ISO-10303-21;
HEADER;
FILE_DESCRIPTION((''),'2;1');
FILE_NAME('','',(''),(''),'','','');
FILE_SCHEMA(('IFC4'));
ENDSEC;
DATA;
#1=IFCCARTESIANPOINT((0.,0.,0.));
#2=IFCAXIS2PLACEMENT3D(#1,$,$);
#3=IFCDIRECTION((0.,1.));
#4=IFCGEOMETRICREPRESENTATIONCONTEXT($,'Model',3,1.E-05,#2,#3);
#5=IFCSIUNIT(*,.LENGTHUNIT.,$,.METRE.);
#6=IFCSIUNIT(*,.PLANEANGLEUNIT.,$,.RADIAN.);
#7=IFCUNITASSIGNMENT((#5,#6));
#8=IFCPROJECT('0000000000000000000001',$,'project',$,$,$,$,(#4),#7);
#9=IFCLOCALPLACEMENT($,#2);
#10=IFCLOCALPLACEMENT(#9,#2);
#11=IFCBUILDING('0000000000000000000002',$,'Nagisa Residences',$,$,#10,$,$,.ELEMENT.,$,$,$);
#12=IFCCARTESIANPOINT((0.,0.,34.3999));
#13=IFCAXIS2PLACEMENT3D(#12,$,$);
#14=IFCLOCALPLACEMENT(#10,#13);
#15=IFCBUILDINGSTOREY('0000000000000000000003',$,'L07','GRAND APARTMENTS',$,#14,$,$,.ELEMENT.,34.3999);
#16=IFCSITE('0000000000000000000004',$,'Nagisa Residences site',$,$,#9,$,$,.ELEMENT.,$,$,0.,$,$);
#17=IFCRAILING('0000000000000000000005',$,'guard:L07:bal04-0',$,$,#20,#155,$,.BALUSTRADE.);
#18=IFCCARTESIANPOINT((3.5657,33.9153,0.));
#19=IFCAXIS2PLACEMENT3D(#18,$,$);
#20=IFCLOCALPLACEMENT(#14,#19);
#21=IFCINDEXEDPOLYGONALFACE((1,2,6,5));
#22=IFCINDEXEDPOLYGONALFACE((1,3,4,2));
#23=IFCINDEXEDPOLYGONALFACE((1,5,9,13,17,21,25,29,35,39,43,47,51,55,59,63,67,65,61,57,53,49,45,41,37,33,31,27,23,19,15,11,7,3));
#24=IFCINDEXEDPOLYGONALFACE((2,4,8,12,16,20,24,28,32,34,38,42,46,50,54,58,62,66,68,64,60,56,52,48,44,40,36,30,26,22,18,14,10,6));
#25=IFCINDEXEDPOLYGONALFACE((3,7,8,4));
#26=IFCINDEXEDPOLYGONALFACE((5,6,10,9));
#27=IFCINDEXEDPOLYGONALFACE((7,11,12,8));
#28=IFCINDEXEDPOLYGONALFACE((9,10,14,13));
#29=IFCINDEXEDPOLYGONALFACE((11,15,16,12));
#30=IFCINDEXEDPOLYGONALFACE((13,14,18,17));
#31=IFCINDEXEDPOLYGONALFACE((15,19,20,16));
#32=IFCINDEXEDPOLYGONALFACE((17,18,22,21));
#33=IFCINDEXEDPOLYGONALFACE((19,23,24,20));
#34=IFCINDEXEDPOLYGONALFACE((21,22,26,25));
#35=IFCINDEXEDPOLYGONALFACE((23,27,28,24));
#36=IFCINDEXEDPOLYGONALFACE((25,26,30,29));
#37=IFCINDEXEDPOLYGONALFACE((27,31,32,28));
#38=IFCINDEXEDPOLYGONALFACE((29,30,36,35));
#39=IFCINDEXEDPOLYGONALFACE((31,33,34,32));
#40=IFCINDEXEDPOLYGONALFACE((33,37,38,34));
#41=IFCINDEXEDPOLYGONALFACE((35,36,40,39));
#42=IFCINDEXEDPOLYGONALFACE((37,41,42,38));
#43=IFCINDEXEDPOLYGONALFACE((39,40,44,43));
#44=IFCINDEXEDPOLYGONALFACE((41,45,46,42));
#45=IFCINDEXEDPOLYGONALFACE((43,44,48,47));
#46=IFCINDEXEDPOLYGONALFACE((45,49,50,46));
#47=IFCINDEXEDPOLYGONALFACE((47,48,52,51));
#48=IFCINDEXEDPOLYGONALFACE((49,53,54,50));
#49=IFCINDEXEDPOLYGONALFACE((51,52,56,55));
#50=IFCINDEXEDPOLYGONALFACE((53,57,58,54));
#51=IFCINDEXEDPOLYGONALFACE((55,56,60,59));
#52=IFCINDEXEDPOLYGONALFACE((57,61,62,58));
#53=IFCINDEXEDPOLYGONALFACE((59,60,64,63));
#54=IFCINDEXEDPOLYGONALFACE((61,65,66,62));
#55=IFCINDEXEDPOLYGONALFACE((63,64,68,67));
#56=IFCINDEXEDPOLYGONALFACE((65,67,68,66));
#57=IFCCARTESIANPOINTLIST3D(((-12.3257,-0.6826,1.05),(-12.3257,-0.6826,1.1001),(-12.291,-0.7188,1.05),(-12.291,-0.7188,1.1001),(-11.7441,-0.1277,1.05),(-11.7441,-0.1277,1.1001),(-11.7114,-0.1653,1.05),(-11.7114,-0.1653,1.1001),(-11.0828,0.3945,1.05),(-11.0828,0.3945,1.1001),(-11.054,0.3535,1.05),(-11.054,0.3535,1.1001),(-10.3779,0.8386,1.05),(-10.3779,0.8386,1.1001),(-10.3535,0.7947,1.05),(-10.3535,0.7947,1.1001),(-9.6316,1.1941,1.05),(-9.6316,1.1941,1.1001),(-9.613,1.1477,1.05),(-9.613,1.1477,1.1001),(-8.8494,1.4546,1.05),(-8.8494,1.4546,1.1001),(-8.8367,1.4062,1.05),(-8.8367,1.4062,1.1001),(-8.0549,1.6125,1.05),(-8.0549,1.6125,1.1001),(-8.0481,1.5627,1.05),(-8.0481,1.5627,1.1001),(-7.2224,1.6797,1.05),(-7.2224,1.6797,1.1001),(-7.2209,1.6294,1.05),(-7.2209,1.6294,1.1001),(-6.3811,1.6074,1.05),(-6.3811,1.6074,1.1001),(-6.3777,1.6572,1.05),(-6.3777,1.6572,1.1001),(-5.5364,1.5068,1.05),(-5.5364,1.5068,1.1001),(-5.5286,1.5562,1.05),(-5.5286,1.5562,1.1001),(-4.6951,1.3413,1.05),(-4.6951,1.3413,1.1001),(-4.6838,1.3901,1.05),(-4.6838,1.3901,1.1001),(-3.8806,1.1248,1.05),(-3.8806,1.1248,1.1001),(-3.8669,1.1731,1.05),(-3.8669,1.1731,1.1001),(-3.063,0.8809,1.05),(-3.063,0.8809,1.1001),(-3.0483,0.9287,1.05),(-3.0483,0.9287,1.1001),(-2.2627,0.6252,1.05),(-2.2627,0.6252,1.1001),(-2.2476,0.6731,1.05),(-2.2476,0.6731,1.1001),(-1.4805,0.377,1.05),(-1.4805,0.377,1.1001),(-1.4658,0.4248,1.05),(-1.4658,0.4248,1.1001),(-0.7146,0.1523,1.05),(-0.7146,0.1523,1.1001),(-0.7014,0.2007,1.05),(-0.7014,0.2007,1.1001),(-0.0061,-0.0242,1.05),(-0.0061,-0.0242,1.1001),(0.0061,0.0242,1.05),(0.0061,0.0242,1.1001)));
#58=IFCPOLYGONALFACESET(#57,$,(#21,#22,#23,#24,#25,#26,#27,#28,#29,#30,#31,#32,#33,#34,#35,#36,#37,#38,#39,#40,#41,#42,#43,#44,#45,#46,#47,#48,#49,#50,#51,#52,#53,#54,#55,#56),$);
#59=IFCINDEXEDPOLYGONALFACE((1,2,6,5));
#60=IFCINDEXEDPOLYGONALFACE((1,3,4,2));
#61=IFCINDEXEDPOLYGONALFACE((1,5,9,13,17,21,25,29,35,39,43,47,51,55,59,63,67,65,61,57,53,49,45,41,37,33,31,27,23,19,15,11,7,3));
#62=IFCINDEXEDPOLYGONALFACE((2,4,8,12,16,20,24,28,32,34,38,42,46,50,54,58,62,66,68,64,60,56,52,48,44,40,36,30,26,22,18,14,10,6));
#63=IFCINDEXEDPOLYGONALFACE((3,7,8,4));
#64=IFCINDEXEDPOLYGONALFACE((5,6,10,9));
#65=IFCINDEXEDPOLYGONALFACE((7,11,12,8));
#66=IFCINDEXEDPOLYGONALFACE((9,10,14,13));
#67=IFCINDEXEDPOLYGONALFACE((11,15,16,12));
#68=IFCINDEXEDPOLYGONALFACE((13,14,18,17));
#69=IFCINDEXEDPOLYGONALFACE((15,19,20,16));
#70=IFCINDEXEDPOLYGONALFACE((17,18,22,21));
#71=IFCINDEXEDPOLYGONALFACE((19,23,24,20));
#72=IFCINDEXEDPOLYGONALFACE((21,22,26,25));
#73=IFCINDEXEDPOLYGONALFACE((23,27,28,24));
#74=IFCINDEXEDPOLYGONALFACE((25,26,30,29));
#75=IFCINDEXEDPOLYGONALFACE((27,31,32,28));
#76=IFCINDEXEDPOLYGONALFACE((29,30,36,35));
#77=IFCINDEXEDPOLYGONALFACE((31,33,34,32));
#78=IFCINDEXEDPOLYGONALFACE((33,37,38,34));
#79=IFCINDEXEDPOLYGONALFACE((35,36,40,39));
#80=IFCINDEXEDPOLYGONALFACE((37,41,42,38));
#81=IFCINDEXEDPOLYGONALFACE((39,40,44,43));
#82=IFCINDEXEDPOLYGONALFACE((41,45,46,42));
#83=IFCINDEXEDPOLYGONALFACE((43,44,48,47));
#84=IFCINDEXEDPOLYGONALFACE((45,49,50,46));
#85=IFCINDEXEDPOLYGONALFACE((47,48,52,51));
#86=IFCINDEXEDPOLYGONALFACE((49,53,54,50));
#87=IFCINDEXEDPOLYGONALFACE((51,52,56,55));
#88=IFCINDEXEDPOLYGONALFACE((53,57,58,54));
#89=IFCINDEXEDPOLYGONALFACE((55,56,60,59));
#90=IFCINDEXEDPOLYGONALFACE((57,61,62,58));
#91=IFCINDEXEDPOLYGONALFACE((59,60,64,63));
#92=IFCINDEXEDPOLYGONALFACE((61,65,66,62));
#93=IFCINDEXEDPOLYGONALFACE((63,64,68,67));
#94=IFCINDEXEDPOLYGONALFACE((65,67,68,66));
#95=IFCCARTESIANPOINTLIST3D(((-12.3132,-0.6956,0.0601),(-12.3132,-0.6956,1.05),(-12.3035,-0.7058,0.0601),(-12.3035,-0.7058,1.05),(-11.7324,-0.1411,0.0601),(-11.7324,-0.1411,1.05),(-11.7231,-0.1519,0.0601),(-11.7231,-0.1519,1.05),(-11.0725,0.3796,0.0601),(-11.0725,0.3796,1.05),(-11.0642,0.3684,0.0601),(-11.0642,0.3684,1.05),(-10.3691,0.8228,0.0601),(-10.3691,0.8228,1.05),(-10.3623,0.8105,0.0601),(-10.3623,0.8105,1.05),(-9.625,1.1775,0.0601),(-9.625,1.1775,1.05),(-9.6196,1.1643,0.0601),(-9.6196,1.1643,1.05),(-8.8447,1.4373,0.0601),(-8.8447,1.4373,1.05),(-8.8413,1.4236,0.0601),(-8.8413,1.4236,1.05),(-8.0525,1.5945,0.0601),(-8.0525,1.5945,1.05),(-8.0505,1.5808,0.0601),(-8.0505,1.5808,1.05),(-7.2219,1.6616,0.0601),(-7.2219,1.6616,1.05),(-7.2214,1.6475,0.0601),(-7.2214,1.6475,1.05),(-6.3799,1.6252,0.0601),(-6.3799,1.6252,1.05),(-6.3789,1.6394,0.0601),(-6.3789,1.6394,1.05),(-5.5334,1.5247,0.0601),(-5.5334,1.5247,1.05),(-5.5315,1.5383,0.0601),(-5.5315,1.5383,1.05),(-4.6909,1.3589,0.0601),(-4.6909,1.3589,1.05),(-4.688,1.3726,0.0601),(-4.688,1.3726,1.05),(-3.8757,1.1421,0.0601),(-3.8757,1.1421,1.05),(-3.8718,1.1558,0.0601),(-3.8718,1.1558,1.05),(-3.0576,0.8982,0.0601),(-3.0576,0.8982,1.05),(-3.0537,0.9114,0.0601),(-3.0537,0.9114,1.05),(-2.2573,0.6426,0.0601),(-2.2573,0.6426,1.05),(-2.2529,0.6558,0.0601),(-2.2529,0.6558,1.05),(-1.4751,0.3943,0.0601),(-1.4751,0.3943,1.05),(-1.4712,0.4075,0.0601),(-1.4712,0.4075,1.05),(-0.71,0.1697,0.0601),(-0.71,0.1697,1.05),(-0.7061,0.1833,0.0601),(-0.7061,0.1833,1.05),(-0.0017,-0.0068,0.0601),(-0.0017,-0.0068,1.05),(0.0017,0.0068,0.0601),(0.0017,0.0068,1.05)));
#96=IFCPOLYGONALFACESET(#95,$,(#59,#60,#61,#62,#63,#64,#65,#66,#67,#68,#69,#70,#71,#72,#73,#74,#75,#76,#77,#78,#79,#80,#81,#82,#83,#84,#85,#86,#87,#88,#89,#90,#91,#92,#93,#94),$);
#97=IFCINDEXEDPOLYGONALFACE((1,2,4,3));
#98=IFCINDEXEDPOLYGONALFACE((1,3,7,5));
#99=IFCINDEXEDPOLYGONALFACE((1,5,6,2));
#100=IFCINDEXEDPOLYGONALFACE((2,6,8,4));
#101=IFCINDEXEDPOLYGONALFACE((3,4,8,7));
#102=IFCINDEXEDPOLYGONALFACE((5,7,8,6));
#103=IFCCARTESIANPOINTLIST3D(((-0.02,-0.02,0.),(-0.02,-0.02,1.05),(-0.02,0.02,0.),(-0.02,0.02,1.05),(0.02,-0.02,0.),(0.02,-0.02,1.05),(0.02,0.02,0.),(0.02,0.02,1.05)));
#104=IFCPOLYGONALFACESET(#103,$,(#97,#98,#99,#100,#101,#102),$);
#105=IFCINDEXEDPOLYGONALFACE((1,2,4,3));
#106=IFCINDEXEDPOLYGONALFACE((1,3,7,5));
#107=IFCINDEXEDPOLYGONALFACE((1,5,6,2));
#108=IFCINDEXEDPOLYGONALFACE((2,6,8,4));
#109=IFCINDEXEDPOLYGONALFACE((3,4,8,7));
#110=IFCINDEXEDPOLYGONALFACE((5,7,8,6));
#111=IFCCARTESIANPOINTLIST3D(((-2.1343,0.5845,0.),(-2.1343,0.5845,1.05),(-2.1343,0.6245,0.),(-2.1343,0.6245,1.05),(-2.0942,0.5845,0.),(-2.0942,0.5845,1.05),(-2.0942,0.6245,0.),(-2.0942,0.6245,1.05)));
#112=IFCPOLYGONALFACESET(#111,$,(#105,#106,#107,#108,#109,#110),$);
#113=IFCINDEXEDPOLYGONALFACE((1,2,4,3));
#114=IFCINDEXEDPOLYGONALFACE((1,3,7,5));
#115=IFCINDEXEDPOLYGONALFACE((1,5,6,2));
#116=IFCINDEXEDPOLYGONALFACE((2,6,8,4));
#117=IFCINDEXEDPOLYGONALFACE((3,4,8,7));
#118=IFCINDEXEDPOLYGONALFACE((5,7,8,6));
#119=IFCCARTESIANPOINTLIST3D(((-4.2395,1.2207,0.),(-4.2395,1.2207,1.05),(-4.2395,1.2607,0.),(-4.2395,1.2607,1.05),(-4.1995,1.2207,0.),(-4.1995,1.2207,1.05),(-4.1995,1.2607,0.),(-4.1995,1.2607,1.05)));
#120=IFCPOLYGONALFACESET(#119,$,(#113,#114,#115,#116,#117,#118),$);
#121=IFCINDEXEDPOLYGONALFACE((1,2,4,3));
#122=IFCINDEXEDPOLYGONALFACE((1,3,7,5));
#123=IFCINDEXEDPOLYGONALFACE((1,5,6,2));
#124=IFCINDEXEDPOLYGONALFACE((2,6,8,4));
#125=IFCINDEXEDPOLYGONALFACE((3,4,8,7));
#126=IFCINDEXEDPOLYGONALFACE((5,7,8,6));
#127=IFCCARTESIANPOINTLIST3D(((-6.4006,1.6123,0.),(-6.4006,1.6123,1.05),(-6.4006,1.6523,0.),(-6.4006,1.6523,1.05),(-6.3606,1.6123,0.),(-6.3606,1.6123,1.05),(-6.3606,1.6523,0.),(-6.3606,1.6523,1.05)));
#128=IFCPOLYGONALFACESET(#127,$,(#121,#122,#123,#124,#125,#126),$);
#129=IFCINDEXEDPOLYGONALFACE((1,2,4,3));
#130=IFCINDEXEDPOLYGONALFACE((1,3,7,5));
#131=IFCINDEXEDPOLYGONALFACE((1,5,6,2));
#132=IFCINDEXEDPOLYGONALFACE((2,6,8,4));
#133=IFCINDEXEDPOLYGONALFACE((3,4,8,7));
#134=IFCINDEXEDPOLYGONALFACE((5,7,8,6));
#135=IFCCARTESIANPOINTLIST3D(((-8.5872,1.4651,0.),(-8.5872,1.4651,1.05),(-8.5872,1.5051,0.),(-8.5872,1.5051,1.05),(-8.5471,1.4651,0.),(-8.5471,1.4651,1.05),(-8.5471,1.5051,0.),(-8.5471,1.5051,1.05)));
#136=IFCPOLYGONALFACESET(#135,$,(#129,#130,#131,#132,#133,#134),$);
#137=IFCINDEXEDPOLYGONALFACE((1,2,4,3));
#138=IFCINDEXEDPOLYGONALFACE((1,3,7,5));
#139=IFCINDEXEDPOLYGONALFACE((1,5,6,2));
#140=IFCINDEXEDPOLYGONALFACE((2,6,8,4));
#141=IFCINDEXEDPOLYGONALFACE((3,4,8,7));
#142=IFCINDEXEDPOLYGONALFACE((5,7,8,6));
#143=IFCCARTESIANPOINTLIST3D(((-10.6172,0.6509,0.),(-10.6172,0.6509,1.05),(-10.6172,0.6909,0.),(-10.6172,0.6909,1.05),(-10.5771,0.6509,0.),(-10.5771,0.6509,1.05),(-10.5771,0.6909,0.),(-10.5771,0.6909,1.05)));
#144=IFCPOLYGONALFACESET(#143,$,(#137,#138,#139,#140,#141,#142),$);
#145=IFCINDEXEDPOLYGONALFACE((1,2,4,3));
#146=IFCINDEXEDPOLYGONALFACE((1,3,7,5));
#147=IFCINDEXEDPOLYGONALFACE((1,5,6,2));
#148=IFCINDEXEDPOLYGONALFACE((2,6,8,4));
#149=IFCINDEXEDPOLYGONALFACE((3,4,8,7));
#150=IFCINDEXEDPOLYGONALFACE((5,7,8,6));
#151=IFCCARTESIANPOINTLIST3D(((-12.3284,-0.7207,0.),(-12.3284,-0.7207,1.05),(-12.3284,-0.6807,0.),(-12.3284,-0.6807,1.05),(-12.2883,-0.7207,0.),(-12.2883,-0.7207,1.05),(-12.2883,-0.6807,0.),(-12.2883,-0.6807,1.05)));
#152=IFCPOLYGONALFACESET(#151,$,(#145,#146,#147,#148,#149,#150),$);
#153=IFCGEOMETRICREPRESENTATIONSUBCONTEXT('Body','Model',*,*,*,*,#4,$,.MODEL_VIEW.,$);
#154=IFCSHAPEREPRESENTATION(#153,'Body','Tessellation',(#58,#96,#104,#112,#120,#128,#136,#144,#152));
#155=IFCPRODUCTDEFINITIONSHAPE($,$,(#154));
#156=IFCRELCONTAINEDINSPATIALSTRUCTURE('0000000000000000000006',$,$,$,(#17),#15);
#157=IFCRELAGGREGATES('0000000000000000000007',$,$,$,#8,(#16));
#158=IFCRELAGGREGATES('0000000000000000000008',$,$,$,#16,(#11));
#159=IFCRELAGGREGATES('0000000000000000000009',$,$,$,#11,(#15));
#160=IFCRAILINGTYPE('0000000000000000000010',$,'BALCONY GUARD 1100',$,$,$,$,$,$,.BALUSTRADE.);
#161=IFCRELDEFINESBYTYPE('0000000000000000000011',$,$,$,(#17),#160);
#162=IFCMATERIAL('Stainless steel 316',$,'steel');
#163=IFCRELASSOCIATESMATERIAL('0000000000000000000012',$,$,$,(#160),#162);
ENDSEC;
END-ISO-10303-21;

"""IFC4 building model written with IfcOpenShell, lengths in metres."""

from ifc_helpers import new_model, si_unit, direction, frame, origin, origin_2d, place, context, subcontext, project, spatial, polyline, rectangle, outline, extrude, material, type_object, element, save


model = new_model("IFC4")

# Units and contexts
model_context = context("Model", 3, precision=1e-05, world=origin(), true_north=direction((0.0, 1.0)))
body_context = subcontext(model_context, "Body", "Model", "MODEL_VIEW")
ifc_project = project(units=[si_unit("LENGTHUNIT", "METRE"), si_unit("PLANEANGLEUNIT", "RADIAN")], contexts=[model_context])

# Site, building, storey
site_placement = place(None, origin())
site = spatial("IfcSite", under=ifc_project, at=site_placement, Name="Nagisa Residences site", CompositionType="ELEMENT", RefElevation=0.0)
building_placement = place(site_placement, origin())
building = spatial("IfcBuilding", under=site, at=building_placement, Name="Nagisa Residences", CompositionType="ELEMENT")
storey_placement = place(building_placement, frame((0.0, 0.0, 34.3999)))
storey = spatial("IfcBuildingStorey", under=building, at=storey_placement, Name="L07", Description="GRAND APARTMENTS", CompositionType="ELEMENT", Elevation=34.3999)

# Railing
ifc_material_1 = material(Name="Stainless steel 316", Category="steel")
railing_type = type_object("IfcRailingType", Name="BALCONY GUARD 1100", PredefinedType="BALUSTRADE", material=ifc_material_1)
railing_placement = place(storey_placement, frame((3.5657, 33.9153, 0.0)))
element("IfcRailing", 1, at=railing_placement, inside=storey, type_object=railing_type, Name="guard:L07:bal04-0", PredefinedType="BALUSTRADE", context=body_context, shape_type="SweptSolid", body=[
    extrude(outline(polyline([(-0.7146, 0.1523), (-0.0061, -0.0242), (0.0061, 0.0242), (-0.7014, 0.2007), (-1.4658, 0.4248), (-2.2476, 0.6731), (-3.0483, 0.9287), (-3.8669, 1.1731), (-4.6838, 1.3901), (-5.5286, 1.5562), (-6.3777, 1.6572), (-7.2224, 1.6797), (-8.0549, 1.6125), (-8.8494, 1.4546), (-9.6316, 1.1941), (-10.3779, 0.8386), (-11.0828, 0.3945), (-11.7441, -0.1277), (-12.3257, -0.6826), (-12.291, -0.7188), (-11.7114, -0.1653), (-11.054, 0.3535), (-10.3535, 0.7947), (-9.613, 1.1477), (-8.8367, 1.4062), (-8.0481, 1.5627), (-7.2209, 1.6294), (-6.3811, 1.6074), (-5.5364, 1.5068), (-4.6951, 1.3413), (-3.8806, 1.1248), (-3.063, 0.8809), (-2.2627, 0.6252), (-1.4805, 0.377), (-0.7146, 0.1523)])), frame((0.0, 0.0, 1.05)), (0.0, 0.0, 1.0), 0.05),
    extrude(outline(polyline([(-0.71, 0.1697), (-0.0017, -0.0068), (0.0017, 0.0068), (-0.7061, 0.1833), (-1.4712, 0.4075), (-2.2529, 0.6558), (-3.0537, 0.9114), (-3.8718, 1.1558), (-4.688, 1.3726), (-5.5315, 1.5383), (-6.3789, 1.6394), (-7.2219, 1.6616), (-8.0525, 1.5945), (-8.8447, 1.4373), (-9.625, 1.1775), (-10.3691, 0.8228), (-11.0725, 0.3796), (-11.7324, -0.1411), (-12.3132, -0.6956), (-12.3035, -0.7058), (-11.7231, -0.1519), (-11.0642, 0.3684), (-10.3623, 0.8105), (-9.6196, 1.1643), (-8.8413, 1.4236), (-8.0505, 1.5808), (-7.2214, 1.6475), (-6.3799, 1.6252), (-5.5334, 1.5247), (-4.6909, 1.3589), (-3.8757, 1.1421), (-3.0576, 0.8982), (-2.2573, 0.6426), (-1.4751, 0.3943), (-0.71, 0.1697)])), frame((0.0, 0.0, 0.0601)), (0.0, 0.0, 1.0), 0.99),
    extrude(rectangle(XDim=0.04, YDim=0.04, at=origin_2d()), origin(), (0.0, 0.0, 1.0), 1.05),
    extrude(rectangle(XDim=0.04, YDim=0.04, at=origin_2d()), frame((-2.1143, 0.6045, 0.0)), (0.0, 0.0, 1.0), 1.05),
    extrude(rectangle(XDim=0.04, YDim=0.04, at=origin_2d()), frame((-4.2195, 1.2407, 0.0)), (0.0, 0.0, 1.0), 1.05),
    extrude(rectangle(XDim=0.04, YDim=0.04, at=origin_2d()), frame((-6.3806, 1.6323, 0.0)), (0.0, 0.0, 1.0), 1.05),
    extrude(rectangle(XDim=0.04, YDim=0.04, at=origin_2d()), frame((-8.5671, 1.4851, 0.0)), (0.0, 0.0, 1.0), 1.05),
    extrude(rectangle(XDim=0.04, YDim=0.04, at=origin_2d()), frame((-10.5972, 0.6709, 0.0)), (0.0, 0.0, 1.0), 1.05),
    extrude(rectangle(XDim=0.04, YDim=0.04, at=origin_2d()), frame((-12.3083, -0.7007, 0.0)), (0.0, 0.0, 1.0), 1.05),
])

save(model, "model.ifc")
